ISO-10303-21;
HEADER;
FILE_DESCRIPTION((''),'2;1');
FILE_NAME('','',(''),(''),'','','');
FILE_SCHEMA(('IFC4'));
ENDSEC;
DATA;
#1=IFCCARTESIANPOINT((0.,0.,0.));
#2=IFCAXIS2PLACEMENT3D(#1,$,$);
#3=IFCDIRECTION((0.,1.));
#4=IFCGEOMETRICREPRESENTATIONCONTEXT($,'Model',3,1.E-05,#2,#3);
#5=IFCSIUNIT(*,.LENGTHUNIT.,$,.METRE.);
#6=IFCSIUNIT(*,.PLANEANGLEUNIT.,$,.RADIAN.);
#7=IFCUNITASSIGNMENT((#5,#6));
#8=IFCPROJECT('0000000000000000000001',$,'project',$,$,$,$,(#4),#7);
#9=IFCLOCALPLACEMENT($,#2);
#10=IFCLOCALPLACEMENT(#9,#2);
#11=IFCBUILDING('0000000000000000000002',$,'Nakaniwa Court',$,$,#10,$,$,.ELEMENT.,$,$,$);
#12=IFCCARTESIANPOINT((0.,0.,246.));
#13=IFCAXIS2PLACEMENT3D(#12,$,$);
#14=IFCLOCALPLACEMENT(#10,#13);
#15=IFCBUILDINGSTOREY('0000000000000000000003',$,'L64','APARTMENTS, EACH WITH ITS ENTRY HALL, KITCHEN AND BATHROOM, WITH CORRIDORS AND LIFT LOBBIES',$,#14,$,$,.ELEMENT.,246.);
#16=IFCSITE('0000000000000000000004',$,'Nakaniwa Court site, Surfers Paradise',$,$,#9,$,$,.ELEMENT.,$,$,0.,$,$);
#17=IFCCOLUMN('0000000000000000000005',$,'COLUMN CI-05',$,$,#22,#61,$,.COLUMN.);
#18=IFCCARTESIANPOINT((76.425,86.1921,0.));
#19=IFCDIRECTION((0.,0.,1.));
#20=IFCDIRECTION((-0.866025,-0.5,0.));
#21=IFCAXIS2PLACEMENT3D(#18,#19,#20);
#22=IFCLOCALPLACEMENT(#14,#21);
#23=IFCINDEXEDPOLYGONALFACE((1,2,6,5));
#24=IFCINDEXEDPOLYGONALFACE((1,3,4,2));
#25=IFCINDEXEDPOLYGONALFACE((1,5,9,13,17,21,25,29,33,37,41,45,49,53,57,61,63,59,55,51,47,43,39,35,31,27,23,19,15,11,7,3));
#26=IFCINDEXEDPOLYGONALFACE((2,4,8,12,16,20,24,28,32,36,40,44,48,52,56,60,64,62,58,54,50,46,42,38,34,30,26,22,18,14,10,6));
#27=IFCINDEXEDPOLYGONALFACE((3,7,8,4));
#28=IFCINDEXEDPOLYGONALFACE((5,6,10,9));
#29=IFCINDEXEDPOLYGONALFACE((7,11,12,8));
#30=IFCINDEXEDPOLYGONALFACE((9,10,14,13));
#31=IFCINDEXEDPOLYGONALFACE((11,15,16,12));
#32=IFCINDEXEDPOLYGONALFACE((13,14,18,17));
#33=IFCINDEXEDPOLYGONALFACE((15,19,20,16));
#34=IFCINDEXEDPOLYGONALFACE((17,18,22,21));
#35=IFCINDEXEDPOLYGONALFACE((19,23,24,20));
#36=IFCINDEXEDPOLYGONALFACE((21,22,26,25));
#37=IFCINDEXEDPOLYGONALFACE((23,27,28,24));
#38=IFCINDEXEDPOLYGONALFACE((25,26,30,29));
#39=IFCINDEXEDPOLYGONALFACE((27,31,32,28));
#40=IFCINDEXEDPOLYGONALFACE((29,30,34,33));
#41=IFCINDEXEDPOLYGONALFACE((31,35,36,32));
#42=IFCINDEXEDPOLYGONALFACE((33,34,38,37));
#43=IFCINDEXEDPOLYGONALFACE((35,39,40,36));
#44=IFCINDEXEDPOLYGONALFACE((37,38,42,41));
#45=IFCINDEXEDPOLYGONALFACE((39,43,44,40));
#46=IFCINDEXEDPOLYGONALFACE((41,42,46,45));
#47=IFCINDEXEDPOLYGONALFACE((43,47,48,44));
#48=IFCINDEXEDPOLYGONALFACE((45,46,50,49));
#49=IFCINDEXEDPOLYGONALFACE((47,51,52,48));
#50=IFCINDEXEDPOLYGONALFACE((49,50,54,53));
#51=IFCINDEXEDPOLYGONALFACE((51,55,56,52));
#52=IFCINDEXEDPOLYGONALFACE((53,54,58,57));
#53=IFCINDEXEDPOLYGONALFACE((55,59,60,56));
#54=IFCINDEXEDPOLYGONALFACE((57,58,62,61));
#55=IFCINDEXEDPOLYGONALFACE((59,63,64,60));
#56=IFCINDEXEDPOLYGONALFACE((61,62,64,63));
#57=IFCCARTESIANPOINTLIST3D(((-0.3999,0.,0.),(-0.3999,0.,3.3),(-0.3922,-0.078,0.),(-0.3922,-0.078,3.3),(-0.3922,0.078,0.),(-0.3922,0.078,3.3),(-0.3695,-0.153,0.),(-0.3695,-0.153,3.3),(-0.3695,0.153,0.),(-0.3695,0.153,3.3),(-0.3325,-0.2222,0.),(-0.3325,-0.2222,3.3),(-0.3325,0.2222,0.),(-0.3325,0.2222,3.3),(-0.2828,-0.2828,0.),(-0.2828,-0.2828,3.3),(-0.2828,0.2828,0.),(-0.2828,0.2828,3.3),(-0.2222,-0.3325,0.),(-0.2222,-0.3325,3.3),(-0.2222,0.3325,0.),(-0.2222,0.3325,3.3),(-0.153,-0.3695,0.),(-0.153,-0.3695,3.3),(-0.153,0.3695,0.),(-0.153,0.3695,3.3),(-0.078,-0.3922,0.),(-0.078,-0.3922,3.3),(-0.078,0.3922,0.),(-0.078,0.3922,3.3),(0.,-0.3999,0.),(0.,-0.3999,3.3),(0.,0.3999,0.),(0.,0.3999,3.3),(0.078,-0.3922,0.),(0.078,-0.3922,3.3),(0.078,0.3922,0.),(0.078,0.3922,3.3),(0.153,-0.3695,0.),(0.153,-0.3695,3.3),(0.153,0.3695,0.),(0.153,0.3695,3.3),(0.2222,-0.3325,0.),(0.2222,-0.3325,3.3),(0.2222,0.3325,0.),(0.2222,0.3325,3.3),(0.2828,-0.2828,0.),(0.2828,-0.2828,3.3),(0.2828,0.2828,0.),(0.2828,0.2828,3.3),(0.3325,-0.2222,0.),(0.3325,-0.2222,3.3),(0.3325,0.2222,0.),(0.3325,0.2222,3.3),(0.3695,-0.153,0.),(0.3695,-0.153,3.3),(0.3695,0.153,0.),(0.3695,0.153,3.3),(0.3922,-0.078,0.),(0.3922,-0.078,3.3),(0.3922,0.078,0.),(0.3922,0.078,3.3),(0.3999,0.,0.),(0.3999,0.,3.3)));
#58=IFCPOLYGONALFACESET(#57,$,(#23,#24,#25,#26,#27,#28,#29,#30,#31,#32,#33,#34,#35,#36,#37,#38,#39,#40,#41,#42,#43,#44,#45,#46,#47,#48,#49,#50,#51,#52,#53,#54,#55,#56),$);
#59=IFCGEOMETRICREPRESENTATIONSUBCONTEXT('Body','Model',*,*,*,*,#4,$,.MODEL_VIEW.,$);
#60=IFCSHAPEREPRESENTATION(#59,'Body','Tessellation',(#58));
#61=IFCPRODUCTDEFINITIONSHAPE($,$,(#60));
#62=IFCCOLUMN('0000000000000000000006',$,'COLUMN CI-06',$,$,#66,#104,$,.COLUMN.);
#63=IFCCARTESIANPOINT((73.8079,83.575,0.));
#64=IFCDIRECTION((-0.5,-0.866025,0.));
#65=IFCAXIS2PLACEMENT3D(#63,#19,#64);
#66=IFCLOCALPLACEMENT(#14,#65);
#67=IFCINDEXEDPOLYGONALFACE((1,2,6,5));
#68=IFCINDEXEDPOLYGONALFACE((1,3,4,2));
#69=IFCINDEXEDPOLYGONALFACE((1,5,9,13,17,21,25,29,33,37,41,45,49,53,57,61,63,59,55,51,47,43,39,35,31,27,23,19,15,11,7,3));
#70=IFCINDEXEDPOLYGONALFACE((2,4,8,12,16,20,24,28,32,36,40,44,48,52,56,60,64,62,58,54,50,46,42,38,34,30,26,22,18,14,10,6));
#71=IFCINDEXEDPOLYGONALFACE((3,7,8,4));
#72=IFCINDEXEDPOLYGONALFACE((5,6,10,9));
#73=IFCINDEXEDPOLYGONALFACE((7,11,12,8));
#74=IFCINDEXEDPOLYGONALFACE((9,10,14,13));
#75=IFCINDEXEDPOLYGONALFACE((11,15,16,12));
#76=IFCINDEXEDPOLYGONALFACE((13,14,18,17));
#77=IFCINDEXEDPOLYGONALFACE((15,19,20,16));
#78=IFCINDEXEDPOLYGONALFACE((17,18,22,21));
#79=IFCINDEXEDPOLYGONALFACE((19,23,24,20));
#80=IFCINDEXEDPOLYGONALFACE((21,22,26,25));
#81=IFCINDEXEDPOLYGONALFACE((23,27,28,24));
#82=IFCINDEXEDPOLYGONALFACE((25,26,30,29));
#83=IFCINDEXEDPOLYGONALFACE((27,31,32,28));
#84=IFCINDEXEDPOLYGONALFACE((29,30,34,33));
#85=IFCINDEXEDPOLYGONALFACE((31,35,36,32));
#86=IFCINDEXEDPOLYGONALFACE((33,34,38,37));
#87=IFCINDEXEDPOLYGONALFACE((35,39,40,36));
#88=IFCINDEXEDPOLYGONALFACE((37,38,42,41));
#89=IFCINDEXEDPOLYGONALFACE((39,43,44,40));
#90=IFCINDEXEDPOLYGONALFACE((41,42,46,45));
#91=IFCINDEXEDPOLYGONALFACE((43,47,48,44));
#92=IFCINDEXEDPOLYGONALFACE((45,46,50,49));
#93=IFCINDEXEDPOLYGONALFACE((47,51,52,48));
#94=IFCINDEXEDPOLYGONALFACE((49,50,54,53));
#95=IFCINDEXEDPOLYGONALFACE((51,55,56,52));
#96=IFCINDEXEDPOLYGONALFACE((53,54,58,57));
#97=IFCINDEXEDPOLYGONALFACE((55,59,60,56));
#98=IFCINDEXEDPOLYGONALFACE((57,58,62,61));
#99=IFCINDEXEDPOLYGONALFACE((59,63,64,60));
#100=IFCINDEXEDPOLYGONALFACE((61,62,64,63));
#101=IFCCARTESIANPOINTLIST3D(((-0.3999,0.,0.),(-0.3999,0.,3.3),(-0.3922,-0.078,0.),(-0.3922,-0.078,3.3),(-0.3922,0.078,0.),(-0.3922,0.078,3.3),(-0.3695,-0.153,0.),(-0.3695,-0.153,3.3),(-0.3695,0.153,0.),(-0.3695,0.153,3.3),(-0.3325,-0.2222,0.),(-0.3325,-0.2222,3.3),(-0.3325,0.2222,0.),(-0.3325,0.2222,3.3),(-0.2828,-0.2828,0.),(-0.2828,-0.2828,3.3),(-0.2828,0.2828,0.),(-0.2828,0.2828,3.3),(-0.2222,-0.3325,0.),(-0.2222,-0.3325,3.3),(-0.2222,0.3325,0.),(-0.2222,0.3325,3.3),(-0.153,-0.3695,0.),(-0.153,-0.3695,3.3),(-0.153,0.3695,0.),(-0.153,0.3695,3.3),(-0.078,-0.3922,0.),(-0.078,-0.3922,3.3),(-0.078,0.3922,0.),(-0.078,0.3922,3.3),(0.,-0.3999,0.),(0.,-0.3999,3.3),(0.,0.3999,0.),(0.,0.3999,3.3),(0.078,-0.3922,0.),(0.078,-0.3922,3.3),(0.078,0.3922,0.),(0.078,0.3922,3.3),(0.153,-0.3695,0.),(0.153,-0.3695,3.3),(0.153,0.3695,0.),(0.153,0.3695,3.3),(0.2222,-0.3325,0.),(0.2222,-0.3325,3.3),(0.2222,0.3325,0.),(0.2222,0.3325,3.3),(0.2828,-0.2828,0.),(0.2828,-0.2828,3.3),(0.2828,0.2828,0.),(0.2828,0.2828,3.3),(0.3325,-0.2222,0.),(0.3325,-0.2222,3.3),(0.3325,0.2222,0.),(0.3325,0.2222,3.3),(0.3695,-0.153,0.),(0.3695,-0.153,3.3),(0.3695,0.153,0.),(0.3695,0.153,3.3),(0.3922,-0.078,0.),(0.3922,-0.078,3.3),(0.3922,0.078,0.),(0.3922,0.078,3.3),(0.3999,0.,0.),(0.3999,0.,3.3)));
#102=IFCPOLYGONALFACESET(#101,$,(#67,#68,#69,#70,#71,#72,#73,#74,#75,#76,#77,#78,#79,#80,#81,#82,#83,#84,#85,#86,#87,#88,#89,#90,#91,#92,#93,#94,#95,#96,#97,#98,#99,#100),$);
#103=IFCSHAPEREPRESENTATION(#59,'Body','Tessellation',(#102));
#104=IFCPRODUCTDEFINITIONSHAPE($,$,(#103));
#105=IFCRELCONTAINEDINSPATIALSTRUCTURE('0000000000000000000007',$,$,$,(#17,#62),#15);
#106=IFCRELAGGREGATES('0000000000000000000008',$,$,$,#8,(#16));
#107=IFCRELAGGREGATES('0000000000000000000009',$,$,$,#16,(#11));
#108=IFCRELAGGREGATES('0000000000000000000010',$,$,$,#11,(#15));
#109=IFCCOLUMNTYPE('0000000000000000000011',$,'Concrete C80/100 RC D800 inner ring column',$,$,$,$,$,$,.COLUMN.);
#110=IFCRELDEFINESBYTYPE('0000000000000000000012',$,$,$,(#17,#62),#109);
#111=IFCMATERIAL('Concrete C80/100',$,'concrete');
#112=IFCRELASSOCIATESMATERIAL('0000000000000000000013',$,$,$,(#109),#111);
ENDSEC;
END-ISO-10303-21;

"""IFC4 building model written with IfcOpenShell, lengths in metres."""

from ifc_helpers import new_model, si_unit, direction, frame, origin, origin_2d, place, context, subcontext, project, spatial, circle, extrude, material, material_profile, profile_set, type_object, element, save


model = new_model("IFC4")

# Units and contexts
model_context = context("Model", 3, precision=1e-05, world=origin(), true_north=direction((0.0, 1.0)))
body_context = subcontext(model_context, "Body", "Model", "MODEL_VIEW")
ifc_project = project(units=[si_unit("LENGTHUNIT", "METRE"), si_unit("PLANEANGLEUNIT", "RADIAN")], contexts=[model_context])

# Site, building, storey
site_placement = place(None, origin())
site = spatial("IfcSite", under=ifc_project, at=site_placement, Name="Nakaniwa Court site, Surfers Paradise", CompositionType="ELEMENT", RefElevation=0.0)
building_placement = place(site_placement, origin())
building = spatial("IfcBuilding", under=site, at=building_placement, Name="Nakaniwa Court", CompositionType="ELEMENT")
storey_placement = place(building_placement, frame((0.0, 0.0, 246.0)))
storey = spatial("IfcBuildingStorey", under=building, at=storey_placement, Name="L64", Description="APARTMENTS, EACH WITH ITS ENTRY HALL, KITCHEN AND BATHROOM, WITH CORRIDORS AND LIFT LOBBIES", CompositionType="ELEMENT", Elevation=246.0)

# Columns
ifc_material_1 = material(Name="Concrete C80/100", Category="concrete")
ifc_material_profile_1 = material_profile(ifc_material_1, circle(Radius=0.3999, at=origin_2d()), Name="Concrete C80/100 RC D800 inner ring column")
ifc_profile_set_1 = profile_set([ifc_material_profile_1], Name="Concrete C80/100")
column_type_1 = type_object("IfcColumnType", Name="Concrete C80/100 RC D800 inner ring column", PredefinedType="COLUMN", material=ifc_profile_set_1)
for number, where, z_axis, x_axis, name in (
    (1, (76.425, 86.1921, 0.0), (0.0, 0.0, 1.0), (-0.866025, -0.5, 0.0), "COLUMN CI-05"),
    (2, (73.8079, 83.575, 0.0), (0.0, 0.0, 1.0), (-0.5, -0.866025, 0.0), "COLUMN CI-06"),
):
    element("IfcColumn", number, at=place(storey_placement, frame(where, z_axis=z_axis, x_axis=x_axis)), inside=storey, type_object=column_type_1, Name=name, PredefinedType="COLUMN", context=body_context, shape_type="SweptSolid", body=[
        extrude(circle(Radius=0.3999, at=origin_2d()), origin(), (0.0, 0.0, 1.0), 3.3),
    ])

save(model, "model.ifc")
